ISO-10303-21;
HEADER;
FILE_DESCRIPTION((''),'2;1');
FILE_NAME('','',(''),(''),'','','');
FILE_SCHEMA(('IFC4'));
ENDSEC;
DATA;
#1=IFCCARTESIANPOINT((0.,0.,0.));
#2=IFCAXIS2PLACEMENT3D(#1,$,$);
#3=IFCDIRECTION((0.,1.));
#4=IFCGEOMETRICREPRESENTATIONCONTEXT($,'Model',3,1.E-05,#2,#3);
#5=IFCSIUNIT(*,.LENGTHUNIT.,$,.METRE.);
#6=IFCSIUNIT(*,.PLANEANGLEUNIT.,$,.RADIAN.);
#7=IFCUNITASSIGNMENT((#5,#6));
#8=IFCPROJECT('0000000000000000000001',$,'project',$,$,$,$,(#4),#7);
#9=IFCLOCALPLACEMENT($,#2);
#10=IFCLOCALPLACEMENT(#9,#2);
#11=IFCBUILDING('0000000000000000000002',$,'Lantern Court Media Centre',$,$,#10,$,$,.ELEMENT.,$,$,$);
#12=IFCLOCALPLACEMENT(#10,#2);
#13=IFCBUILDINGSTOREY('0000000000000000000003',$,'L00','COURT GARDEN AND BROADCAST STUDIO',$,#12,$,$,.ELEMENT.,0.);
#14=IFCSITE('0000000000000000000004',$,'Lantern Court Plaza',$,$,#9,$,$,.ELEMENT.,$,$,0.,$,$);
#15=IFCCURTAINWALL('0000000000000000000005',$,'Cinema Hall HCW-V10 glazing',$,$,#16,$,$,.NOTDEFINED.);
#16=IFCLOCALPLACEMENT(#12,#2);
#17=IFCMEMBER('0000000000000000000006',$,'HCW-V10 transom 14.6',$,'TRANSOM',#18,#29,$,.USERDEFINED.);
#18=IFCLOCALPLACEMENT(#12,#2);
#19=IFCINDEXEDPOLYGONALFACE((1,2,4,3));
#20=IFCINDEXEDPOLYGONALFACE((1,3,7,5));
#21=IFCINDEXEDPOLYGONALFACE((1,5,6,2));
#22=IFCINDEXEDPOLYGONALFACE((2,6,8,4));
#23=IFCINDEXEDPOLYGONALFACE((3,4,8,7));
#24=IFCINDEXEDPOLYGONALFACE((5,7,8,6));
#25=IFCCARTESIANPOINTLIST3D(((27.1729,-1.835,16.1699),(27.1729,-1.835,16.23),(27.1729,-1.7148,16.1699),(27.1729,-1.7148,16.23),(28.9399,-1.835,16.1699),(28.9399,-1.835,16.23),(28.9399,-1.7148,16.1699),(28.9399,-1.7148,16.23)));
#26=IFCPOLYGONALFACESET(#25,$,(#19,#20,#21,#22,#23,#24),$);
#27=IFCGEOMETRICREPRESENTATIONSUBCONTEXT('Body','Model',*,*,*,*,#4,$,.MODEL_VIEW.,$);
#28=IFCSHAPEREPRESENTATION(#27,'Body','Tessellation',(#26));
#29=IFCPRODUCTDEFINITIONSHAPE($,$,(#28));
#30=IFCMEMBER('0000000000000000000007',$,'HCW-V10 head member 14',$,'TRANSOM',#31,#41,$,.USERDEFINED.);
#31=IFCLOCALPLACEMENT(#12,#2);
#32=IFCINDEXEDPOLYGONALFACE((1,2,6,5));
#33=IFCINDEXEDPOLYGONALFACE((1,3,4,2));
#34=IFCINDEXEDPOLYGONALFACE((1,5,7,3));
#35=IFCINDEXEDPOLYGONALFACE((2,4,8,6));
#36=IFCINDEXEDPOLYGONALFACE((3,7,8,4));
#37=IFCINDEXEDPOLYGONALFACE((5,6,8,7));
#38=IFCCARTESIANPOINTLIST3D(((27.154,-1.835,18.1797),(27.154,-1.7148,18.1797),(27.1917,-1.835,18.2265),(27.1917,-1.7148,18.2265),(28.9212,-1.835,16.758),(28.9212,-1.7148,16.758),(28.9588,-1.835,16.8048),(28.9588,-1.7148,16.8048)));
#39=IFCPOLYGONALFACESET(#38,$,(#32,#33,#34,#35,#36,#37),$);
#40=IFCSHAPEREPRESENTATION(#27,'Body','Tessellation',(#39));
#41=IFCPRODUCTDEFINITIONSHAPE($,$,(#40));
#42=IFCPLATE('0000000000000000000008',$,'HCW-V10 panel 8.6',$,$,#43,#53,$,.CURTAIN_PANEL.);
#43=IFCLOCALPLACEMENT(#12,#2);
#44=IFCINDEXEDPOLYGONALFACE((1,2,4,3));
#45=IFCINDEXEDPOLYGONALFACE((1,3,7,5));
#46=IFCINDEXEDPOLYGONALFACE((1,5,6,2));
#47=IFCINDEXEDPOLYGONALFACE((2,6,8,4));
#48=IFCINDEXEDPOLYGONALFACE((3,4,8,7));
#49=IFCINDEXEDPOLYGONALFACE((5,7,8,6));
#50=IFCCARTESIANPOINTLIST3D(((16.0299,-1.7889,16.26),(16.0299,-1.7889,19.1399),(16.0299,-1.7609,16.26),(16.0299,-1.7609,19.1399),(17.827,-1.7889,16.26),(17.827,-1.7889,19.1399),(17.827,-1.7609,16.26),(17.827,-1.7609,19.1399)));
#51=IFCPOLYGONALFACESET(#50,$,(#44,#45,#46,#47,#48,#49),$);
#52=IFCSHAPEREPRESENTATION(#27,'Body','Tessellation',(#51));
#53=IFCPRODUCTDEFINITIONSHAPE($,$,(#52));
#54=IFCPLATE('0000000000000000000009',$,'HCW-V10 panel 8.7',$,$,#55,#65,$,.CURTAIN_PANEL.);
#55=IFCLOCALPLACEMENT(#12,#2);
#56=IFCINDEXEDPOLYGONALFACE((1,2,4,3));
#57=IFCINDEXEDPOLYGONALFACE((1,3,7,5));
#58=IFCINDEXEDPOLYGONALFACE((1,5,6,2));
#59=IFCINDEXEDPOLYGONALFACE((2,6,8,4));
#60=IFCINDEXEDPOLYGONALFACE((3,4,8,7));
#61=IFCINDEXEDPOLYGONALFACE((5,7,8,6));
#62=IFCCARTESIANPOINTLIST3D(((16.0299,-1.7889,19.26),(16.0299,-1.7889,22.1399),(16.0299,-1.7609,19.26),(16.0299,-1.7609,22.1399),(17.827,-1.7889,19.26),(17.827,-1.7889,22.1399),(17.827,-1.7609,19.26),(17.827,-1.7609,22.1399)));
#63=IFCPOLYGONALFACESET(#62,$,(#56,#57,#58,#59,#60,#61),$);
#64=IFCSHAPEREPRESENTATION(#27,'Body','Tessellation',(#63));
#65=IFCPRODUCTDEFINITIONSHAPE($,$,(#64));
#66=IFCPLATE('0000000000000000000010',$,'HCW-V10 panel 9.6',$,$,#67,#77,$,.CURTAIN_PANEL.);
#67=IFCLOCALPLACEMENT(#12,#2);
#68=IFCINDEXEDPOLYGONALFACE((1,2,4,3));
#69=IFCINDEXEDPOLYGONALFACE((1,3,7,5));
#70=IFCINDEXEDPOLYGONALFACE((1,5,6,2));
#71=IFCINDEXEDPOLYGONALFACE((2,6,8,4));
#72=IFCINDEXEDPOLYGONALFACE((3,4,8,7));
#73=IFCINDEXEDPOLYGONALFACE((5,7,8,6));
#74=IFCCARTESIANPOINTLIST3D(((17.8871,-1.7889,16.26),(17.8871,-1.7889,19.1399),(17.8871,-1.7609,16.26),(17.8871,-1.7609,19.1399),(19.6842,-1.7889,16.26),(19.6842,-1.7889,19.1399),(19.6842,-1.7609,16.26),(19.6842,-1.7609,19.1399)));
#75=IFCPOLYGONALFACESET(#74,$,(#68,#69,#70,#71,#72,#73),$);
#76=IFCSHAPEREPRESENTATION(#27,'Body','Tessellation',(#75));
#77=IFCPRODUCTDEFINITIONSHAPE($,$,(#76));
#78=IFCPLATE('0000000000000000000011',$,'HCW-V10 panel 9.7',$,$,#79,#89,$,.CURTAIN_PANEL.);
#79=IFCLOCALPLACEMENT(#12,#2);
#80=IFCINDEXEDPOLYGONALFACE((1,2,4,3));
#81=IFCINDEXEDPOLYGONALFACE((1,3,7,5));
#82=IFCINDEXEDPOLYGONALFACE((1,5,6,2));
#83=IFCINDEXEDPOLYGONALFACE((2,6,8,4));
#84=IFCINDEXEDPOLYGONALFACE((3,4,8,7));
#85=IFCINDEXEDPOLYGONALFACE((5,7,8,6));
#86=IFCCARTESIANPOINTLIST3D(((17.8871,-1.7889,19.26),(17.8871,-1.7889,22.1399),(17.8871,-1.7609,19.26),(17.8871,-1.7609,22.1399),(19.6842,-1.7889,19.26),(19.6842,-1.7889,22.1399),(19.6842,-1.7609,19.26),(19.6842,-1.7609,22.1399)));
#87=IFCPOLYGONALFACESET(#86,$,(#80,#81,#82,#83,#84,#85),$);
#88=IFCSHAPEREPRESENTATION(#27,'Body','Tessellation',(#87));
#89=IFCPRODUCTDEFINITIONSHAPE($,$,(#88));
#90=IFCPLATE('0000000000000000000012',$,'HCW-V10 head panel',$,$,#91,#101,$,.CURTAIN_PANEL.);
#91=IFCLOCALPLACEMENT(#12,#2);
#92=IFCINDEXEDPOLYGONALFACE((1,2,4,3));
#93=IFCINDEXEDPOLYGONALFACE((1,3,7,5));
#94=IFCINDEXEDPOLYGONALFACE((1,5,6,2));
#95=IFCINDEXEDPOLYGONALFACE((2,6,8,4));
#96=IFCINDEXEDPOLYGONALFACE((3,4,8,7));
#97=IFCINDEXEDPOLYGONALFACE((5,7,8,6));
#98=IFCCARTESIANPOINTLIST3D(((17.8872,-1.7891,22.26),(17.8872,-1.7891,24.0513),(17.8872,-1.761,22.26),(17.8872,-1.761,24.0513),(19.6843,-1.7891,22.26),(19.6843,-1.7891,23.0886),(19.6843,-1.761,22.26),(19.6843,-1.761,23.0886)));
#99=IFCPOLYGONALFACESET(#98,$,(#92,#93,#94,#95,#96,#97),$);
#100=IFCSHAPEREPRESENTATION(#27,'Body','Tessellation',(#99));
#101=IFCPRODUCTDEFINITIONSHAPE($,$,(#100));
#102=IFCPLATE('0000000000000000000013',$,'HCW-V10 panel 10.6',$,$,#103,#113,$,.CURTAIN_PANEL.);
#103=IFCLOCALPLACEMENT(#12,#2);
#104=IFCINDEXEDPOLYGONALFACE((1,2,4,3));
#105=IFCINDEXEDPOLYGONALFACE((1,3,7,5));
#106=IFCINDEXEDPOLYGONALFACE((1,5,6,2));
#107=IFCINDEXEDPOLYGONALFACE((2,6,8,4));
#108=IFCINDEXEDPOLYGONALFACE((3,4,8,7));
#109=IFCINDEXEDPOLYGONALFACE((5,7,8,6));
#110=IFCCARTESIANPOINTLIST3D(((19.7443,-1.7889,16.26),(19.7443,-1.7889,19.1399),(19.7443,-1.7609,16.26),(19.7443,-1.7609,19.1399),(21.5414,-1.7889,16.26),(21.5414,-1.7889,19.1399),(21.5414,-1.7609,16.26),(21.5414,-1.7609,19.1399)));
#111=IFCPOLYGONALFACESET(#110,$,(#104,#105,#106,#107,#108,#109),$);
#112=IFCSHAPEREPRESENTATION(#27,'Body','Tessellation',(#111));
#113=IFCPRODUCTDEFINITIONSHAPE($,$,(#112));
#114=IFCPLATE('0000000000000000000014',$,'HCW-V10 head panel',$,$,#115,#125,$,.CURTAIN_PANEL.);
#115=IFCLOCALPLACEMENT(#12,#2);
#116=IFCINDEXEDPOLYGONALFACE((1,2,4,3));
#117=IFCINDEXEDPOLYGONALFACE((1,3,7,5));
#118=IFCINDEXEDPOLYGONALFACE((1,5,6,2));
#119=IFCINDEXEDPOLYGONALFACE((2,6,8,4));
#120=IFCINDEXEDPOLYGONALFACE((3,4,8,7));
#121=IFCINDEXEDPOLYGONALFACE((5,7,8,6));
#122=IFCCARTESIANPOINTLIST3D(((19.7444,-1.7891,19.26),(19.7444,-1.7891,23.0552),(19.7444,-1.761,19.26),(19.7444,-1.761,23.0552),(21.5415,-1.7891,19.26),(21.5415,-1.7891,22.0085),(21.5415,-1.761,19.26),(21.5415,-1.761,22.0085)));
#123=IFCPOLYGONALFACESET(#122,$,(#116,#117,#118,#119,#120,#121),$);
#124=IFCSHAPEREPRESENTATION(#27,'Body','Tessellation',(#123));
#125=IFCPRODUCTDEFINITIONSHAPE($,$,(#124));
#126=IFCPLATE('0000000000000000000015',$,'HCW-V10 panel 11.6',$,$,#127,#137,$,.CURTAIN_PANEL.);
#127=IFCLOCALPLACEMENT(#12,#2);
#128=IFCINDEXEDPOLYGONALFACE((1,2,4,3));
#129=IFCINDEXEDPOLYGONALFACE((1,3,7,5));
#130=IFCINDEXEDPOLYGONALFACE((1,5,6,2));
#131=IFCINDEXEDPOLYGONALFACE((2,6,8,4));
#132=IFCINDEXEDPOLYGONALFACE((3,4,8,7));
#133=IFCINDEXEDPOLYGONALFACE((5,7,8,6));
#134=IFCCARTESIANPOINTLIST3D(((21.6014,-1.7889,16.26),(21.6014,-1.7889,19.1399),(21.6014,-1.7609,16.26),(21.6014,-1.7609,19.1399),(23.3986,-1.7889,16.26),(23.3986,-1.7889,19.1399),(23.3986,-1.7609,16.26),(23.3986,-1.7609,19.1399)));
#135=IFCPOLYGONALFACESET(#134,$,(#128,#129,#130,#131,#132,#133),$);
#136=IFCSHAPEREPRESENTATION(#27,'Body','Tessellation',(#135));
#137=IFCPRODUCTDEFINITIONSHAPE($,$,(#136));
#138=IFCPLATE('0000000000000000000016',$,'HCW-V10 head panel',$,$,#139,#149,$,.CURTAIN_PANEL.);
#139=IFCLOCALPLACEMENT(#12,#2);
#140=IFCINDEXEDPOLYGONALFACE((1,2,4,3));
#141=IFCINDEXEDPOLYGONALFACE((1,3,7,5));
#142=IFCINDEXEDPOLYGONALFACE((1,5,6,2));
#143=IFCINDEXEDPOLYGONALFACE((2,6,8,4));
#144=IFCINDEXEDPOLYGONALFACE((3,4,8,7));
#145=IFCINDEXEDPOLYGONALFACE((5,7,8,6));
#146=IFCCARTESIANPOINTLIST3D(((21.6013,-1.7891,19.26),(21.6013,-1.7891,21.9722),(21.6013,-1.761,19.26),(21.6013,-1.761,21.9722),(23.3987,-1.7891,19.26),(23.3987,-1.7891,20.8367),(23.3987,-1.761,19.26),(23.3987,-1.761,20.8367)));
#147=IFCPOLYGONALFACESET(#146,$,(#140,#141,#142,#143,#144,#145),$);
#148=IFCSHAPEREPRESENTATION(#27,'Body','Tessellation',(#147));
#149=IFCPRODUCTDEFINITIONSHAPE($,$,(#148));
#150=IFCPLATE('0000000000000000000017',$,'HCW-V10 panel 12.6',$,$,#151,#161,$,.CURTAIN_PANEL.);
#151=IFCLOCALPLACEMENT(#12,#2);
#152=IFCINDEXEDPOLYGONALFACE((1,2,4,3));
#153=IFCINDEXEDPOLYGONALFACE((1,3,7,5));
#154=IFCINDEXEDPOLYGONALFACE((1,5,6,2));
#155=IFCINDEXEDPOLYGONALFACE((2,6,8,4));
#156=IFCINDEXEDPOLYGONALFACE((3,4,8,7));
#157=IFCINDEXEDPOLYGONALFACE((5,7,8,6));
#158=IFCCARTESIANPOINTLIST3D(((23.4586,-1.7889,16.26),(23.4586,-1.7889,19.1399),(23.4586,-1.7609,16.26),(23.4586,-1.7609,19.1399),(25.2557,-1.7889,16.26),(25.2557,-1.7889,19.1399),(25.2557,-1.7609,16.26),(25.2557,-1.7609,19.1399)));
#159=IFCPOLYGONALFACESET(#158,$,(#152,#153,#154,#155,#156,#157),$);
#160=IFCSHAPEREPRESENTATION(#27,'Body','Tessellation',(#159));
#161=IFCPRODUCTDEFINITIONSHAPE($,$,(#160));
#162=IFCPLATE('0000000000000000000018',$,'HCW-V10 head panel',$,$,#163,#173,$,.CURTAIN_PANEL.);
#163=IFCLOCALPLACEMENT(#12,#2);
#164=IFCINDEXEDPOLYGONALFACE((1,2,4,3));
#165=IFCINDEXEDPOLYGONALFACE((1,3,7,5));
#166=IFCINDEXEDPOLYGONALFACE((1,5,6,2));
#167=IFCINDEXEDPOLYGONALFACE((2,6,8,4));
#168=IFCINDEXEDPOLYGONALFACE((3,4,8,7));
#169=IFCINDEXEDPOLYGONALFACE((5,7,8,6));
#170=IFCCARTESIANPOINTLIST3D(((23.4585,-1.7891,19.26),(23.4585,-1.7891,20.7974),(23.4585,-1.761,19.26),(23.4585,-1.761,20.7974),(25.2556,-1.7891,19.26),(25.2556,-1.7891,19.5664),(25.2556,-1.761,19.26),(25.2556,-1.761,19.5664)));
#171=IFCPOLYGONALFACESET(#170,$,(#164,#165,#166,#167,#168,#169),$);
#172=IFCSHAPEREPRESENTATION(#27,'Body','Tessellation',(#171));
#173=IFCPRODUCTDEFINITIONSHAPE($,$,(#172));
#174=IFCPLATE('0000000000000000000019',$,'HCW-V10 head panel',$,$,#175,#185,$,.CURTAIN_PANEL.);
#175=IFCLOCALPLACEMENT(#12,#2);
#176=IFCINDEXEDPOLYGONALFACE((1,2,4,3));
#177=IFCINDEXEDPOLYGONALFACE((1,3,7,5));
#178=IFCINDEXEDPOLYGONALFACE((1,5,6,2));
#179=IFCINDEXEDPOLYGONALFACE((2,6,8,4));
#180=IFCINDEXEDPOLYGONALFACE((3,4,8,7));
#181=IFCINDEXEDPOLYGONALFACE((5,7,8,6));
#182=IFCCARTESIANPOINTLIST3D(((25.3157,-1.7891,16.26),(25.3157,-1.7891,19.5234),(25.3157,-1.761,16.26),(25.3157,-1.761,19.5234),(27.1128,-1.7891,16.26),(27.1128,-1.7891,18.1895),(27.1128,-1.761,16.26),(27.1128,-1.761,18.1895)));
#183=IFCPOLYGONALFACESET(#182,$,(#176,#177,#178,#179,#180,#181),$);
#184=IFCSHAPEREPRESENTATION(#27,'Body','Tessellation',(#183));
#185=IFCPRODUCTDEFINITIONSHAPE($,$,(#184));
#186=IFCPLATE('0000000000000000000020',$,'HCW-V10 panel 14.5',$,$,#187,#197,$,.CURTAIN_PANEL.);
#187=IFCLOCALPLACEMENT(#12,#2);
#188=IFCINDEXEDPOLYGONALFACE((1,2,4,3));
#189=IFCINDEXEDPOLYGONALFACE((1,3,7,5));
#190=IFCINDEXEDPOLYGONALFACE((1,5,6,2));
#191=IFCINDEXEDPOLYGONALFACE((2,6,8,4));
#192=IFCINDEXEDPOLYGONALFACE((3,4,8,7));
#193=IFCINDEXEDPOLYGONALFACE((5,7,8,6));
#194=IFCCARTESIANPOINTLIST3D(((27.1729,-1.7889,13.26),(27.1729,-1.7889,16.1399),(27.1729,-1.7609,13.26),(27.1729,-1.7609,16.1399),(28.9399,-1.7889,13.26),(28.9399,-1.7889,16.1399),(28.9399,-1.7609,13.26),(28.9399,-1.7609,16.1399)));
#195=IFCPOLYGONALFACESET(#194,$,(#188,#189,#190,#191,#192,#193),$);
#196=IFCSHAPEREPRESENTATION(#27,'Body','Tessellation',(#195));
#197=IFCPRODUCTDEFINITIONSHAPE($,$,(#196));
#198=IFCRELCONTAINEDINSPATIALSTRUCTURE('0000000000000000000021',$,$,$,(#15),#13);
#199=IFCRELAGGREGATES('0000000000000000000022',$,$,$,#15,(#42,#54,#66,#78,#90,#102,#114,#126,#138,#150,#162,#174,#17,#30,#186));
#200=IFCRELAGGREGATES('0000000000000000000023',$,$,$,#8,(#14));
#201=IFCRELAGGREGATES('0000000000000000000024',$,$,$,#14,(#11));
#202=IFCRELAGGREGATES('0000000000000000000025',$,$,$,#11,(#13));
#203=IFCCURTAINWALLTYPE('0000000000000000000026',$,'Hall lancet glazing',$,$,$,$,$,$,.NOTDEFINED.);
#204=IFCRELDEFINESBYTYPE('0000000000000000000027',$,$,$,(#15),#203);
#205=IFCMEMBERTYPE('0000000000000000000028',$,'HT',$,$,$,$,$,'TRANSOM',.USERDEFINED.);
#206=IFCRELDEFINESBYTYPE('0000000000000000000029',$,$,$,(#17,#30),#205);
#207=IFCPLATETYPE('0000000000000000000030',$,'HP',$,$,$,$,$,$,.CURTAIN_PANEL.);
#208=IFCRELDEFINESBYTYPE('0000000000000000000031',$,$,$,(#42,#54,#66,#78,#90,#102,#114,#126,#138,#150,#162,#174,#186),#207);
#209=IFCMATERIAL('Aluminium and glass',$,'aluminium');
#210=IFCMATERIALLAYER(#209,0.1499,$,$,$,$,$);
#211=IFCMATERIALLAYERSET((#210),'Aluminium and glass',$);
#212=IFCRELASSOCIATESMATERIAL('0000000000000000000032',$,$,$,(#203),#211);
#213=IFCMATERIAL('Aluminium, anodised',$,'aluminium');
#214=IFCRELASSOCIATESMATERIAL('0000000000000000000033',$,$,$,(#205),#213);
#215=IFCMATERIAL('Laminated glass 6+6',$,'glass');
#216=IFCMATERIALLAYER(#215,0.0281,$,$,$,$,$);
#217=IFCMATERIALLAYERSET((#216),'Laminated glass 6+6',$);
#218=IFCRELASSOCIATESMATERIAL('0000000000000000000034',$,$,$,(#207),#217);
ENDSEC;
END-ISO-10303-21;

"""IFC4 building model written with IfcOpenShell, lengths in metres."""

from ifc_helpers import new_model, si_unit, direction, frame, origin, origin_2d, place, context, subcontext, project, spatial, polyline, rectangle, outline, extrude, material, layer, layer_set, material_profile, profile_set, type_object, element, aggregate, save


model = new_model("IFC4")

# Units and contexts
model_context = context("Model", 3, precision=1e-05, world=origin(), true_north=direction((0.0, 1.0)))
body_context = subcontext(model_context, "Body", "Model", "MODEL_VIEW")
ifc_project = project(units=[si_unit("LENGTHUNIT", "METRE"), si_unit("PLANEANGLEUNIT", "RADIAN")], contexts=[model_context])

# Site, building, storey
site_placement = place(None, origin())
site = spatial("IfcSite", under=ifc_project, at=site_placement, Name="Lantern Court Plaza", CompositionType="ELEMENT", RefElevation=0.0)
building_placement = place(site_placement, origin())
building = spatial("IfcBuilding", under=site, at=building_placement, Name="Lantern Court Media Centre", CompositionType="ELEMENT")
storey_placement = place(building_placement, origin())
storey = spatial("IfcBuildingStorey", under=building, at=storey_placement, Name="L00", Description="COURT GARDEN AND BROADCAST STUDIO", CompositionType="ELEMENT", Elevation=0.0)

# Curtain wall, members, plates
ifc_material_1 = material(Name="Aluminium and glass", Category="aluminium")
ifc_layer_1 = layer(ifc_material_1, 0.1499)
ifc_layer_set_1 = layer_set([ifc_layer_1], Name="Aluminium and glass")
curtain_wall_type = type_object("IfcCurtainWallType", Name="Hall lancet glazing", PredefinedType="NOTDEFINED", material=ifc_layer_set_1)
curtain_wall_placement = place(storey_placement, origin())
curtain_wall = element("IfcCurtainWall", 1, at=curtain_wall_placement, inside=storey, type_object=curtain_wall_type, Name="Cinema Hall HCW-V10 glazing", PredefinedType="NOTDEFINED")
ifc_material_2 = material(Name="Aluminium, anodised", Category="aluminium")
ifc_material_profile = material_profile(ifc_material_2, rectangle(XDim=0.1201, YDim=0.0601, at=origin_2d()), Name="HT")
ifc_profile_set = profile_set([ifc_material_profile], Name="Aluminium, anodised")
member_type = type_object("IfcMemberType", Name="HT", ElementType="TRANSOM", PredefinedType="USERDEFINED", material=ifc_profile_set)
member_1_placement = place(storey_placement, frame((27.1729, -1.7749, 16.2), z_axis=(1.0, 0.0, 0.0), x_axis=(0.0, 1.0, 0.0)))
member_1 = element("IfcMember", 2, at=member_1_placement, type_object=member_type, Name="HCW-V10 transom 14.6", ObjectType="TRANSOM", PredefinedType="USERDEFINED", context=body_context, shape_type="SweptSolid", body=[
    extrude(rectangle(XDim=0.1201, YDim=0.0601, at=origin_2d()), origin(), (0.0, 0.0, 1.0), 1.7671),
])
member_2_placement = place(storey_placement, frame((27.1729, -1.7749, 18.2031), z_axis=(0.779154, 0.0, -0.626833), x_axis=(0.0, 1.0, 0.0)))
member_2 = element("IfcMember", 3, at=member_2_placement, type_object=member_type, Name="HCW-V10 head member 14", ObjectType="TRANSOM", PredefinedType="USERDEFINED", context=body_context, shape_type="SweptSolid", body=[
    extrude(rectangle(XDim=0.1201, YDim=0.0601, at=origin_2d()), origin(), (0.0, 0.0, 1.0), 2.2681),
])
ifc_material_3 = material(Name="Laminated glass 6+6", Category="glass")
ifc_layer_2 = layer(ifc_material_3, 0.0281)
ifc_layer_set_2 = layer_set([ifc_layer_2], Name="Laminated glass 6+6")
plate_type = type_object("IfcPlateType", Name="HP", PredefinedType="CURTAIN_PANEL", material=ifc_layer_set_2)
plate_1_placement = place(storey_placement, frame((16.9285, -1.7749, 16.26), z_axis=(0.0, 0.0, 1.0), x_axis=(1.0, 0.0, 0.0)))
plate_1 = element("IfcPlate", 4, at=plate_1_placement, type_object=plate_type, Name="HCW-V10 panel 8.6", PredefinedType="CURTAIN_PANEL", context=body_context, shape_type="SweptSolid", body=[
    extrude(rectangle(XDim=1.7971, YDim=0.0281, at=origin_2d()), origin(), (0.0, 0.0, 1.0), 2.8799),
])
plate_2_placement = place(storey_placement, frame((16.9285, -1.7749, 19.26), z_axis=(0.0, 0.0, 1.0), x_axis=(1.0, 0.0, 0.0)))
plate_2 = element("IfcPlate", 5, at=plate_2_placement, type_object=plate_type, Name="HCW-V10 panel 8.7", PredefinedType="CURTAIN_PANEL", context=body_context, shape_type="SweptSolid", body=[
    extrude(rectangle(XDim=1.7971, YDim=0.0281, at=origin_2d()), origin(), (0.0, 0.0, 1.0), 2.8799),
])
plate_3_placement = place(storey_placement, frame((18.7856, -1.7749, 16.26), z_axis=(0.0, 0.0, 1.0), x_axis=(1.0, 0.0, 0.0)))
plate_3 = element("IfcPlate", 6, at=plate_3_placement, type_object=plate_type, Name="HCW-V10 panel 9.6", PredefinedType="CURTAIN_PANEL", context=body_context, shape_type="SweptSolid", body=[
    extrude(rectangle(XDim=1.7971, YDim=0.0281, at=origin_2d()), origin(), (0.0, 0.0, 1.0), 2.8799),
])
plate_4_placement = place(storey_placement, frame((18.7856, -1.7749, 19.26), z_axis=(0.0, 0.0, 1.0), x_axis=(1.0, 0.0, 0.0)))
plate_4 = element("IfcPlate", 7, at=plate_4_placement, type_object=plate_type, Name="HCW-V10 panel 9.7", PredefinedType="CURTAIN_PANEL", context=body_context, shape_type="SweptSolid", body=[
    extrude(rectangle(XDim=1.7971, YDim=0.0281, at=origin_2d()), origin(), (0.0, 0.0, 1.0), 2.8799),
])
plate_5_placement = place(storey_placement, frame((17.8872, -1.7891, 22.26), z_axis=(0.0, -1.0, 0.0), x_axis=(1.0, 0.0, 0.0)))
plate_5 = element("IfcPlate", 8, at=plate_5_placement, type_object=plate_type, Name="HCW-V10 head panel", PredefinedType="CURTAIN_PANEL", context=body_context, shape_type="SweptSolid", body=[
    extrude(outline(polyline([(0.0, 0.0), (1.7971, 0.0), (1.7971, 0.8286), (0.0, 1.7913), (0.0, 0.0)])), origin(), (0.0, 0.0, -1.0), 0.0281),
])
plate_6_placement = place(storey_placement, frame((20.6428, -1.7749, 16.26), z_axis=(0.0, 0.0, 1.0), x_axis=(1.0, 0.0, 0.0)))
plate_6 = element("IfcPlate", 9, at=plate_6_placement, type_object=plate_type, Name="HCW-V10 panel 10.6", PredefinedType="CURTAIN_PANEL", context=body_context, shape_type="SweptSolid", body=[
    extrude(rectangle(XDim=1.7971, YDim=0.0281, at=origin_2d()), origin(), (0.0, 0.0, 1.0), 2.8799),
])
plate_7_placement = place(storey_placement, frame((19.7444, -1.7891, 19.26), z_axis=(0.0, -1.0, 0.0), x_axis=(1.0, 0.0, 0.0)))
plate_7 = element("IfcPlate", 10, at=plate_7_placement, type_object=plate_type, Name="HCW-V10 head panel", PredefinedType="CURTAIN_PANEL", context=body_context, shape_type="SweptSolid", body=[
    extrude(outline(polyline([(0.0, 0.0), (1.7971, 0.0), (1.7971, 2.7485), (0.0, 3.7952), (0.0, 0.0)])), origin(), (0.0, 0.0, -1.0), 0.0281),
])
plate_8_placement = place(storey_placement, frame((22.5, -1.7749, 16.26), z_axis=(0.0, 0.0, 1.0), x_axis=(1.0, 0.0, 0.0)))
plate_8 = element("IfcPlate", 11, at=plate_8_placement, type_object=plate_type, Name="HCW-V10 panel 11.6", PredefinedType="CURTAIN_PANEL", context=body_context, shape_type="SweptSolid", body=[
    extrude(rectangle(XDim=1.7971, YDim=0.0281, at=origin_2d()), origin(), (0.0, 0.0, 1.0), 2.8799),
])
plate_9_placement = place(storey_placement, frame((21.6013, -1.7891, 19.26), z_axis=(0.0, -1.0, 0.0), x_axis=(1.0, 0.0, 0.0)))
plate_9 = element("IfcPlate", 12, at=plate_9_placement, type_object=plate_type, Name="HCW-V10 head panel", PredefinedType="CURTAIN_PANEL", context=body_context, shape_type="SweptSolid", body=[
    extrude(outline(polyline([(0.0, 0.0), (1.7974, 0.0), (1.7974, 1.5767), (0.0, 2.7122), (0.0, 0.0)])), origin(), (0.0, 0.0, -1.0), 0.0281),
])
plate_10_placement = place(storey_placement, frame((24.3572, -1.7749, 16.26), z_axis=(0.0, 0.0, 1.0), x_axis=(1.0, 0.0, 0.0)))
plate_10 = element("IfcPlate", 13, at=plate_10_placement, type_object=plate_type, Name="HCW-V10 panel 12.6", PredefinedType="CURTAIN_PANEL", context=body_context, shape_type="SweptSolid", body=[
    extrude(rectangle(XDim=1.7971, YDim=0.0281, at=origin_2d()), origin(), (0.0, 0.0, 1.0), 2.8799),
])
plate_11_placement = place(storey_placement, frame((23.4585, -1.7891, 19.26), z_axis=(0.0, -1.0, 0.0), x_axis=(1.0, 0.0, 0.0)))
plate_11 = element("IfcPlate", 14, at=plate_11_placement, type_object=plate_type, Name="HCW-V10 head panel", PredefinedType="CURTAIN_PANEL", context=body_context, shape_type="SweptSolid", body=[
    extrude(outline(polyline([(0.0, 0.0), (1.7971, 0.0), (1.7971, 0.3064), (0.0, 1.5374), (0.0, 0.0)])), origin(), (0.0, 0.0, -1.0), 0.0281),
])
plate_12_placement = place(storey_placement, frame((25.3157, -1.7891, 16.26), z_axis=(0.0, -1.0, 0.0), x_axis=(1.0, 0.0, 0.0)))
plate_12 = element("IfcPlate", 15, at=plate_12_placement, type_object=plate_type, Name="HCW-V10 head panel", PredefinedType="CURTAIN_PANEL", context=body_context, shape_type="SweptSolid", body=[
    extrude(outline(polyline([(0.0, 0.0), (1.7971, 0.0), (1.7971, 1.9294), (0.0, 3.2634), (0.0, 0.0)])), origin(), (0.0, 0.0, -1.0), 0.0281),
])
plate_13_placement = place(storey_placement, frame((28.0564, -1.7749, 13.26), z_axis=(0.0, 0.0, 1.0), x_axis=(1.0, 0.0, 0.0)))
plate_13 = element("IfcPlate", 16, at=plate_13_placement, type_object=plate_type, Name="HCW-V10 panel 14.5", PredefinedType="CURTAIN_PANEL", context=body_context, shape_type="SweptSolid", body=[
    extrude(rectangle(XDim=1.7671, YDim=0.0281, at=origin_2d()), origin(), (0.0, 0.0, 1.0), 2.8799),
])
aggregate(curtain_wall, [plate_1, plate_2, plate_3, plate_4, plate_5, plate_6, plate_7, plate_8, plate_9, plate_10, plate_11, plate_12, member_1, member_2, plate_13])

save(model, "model.ifc")
